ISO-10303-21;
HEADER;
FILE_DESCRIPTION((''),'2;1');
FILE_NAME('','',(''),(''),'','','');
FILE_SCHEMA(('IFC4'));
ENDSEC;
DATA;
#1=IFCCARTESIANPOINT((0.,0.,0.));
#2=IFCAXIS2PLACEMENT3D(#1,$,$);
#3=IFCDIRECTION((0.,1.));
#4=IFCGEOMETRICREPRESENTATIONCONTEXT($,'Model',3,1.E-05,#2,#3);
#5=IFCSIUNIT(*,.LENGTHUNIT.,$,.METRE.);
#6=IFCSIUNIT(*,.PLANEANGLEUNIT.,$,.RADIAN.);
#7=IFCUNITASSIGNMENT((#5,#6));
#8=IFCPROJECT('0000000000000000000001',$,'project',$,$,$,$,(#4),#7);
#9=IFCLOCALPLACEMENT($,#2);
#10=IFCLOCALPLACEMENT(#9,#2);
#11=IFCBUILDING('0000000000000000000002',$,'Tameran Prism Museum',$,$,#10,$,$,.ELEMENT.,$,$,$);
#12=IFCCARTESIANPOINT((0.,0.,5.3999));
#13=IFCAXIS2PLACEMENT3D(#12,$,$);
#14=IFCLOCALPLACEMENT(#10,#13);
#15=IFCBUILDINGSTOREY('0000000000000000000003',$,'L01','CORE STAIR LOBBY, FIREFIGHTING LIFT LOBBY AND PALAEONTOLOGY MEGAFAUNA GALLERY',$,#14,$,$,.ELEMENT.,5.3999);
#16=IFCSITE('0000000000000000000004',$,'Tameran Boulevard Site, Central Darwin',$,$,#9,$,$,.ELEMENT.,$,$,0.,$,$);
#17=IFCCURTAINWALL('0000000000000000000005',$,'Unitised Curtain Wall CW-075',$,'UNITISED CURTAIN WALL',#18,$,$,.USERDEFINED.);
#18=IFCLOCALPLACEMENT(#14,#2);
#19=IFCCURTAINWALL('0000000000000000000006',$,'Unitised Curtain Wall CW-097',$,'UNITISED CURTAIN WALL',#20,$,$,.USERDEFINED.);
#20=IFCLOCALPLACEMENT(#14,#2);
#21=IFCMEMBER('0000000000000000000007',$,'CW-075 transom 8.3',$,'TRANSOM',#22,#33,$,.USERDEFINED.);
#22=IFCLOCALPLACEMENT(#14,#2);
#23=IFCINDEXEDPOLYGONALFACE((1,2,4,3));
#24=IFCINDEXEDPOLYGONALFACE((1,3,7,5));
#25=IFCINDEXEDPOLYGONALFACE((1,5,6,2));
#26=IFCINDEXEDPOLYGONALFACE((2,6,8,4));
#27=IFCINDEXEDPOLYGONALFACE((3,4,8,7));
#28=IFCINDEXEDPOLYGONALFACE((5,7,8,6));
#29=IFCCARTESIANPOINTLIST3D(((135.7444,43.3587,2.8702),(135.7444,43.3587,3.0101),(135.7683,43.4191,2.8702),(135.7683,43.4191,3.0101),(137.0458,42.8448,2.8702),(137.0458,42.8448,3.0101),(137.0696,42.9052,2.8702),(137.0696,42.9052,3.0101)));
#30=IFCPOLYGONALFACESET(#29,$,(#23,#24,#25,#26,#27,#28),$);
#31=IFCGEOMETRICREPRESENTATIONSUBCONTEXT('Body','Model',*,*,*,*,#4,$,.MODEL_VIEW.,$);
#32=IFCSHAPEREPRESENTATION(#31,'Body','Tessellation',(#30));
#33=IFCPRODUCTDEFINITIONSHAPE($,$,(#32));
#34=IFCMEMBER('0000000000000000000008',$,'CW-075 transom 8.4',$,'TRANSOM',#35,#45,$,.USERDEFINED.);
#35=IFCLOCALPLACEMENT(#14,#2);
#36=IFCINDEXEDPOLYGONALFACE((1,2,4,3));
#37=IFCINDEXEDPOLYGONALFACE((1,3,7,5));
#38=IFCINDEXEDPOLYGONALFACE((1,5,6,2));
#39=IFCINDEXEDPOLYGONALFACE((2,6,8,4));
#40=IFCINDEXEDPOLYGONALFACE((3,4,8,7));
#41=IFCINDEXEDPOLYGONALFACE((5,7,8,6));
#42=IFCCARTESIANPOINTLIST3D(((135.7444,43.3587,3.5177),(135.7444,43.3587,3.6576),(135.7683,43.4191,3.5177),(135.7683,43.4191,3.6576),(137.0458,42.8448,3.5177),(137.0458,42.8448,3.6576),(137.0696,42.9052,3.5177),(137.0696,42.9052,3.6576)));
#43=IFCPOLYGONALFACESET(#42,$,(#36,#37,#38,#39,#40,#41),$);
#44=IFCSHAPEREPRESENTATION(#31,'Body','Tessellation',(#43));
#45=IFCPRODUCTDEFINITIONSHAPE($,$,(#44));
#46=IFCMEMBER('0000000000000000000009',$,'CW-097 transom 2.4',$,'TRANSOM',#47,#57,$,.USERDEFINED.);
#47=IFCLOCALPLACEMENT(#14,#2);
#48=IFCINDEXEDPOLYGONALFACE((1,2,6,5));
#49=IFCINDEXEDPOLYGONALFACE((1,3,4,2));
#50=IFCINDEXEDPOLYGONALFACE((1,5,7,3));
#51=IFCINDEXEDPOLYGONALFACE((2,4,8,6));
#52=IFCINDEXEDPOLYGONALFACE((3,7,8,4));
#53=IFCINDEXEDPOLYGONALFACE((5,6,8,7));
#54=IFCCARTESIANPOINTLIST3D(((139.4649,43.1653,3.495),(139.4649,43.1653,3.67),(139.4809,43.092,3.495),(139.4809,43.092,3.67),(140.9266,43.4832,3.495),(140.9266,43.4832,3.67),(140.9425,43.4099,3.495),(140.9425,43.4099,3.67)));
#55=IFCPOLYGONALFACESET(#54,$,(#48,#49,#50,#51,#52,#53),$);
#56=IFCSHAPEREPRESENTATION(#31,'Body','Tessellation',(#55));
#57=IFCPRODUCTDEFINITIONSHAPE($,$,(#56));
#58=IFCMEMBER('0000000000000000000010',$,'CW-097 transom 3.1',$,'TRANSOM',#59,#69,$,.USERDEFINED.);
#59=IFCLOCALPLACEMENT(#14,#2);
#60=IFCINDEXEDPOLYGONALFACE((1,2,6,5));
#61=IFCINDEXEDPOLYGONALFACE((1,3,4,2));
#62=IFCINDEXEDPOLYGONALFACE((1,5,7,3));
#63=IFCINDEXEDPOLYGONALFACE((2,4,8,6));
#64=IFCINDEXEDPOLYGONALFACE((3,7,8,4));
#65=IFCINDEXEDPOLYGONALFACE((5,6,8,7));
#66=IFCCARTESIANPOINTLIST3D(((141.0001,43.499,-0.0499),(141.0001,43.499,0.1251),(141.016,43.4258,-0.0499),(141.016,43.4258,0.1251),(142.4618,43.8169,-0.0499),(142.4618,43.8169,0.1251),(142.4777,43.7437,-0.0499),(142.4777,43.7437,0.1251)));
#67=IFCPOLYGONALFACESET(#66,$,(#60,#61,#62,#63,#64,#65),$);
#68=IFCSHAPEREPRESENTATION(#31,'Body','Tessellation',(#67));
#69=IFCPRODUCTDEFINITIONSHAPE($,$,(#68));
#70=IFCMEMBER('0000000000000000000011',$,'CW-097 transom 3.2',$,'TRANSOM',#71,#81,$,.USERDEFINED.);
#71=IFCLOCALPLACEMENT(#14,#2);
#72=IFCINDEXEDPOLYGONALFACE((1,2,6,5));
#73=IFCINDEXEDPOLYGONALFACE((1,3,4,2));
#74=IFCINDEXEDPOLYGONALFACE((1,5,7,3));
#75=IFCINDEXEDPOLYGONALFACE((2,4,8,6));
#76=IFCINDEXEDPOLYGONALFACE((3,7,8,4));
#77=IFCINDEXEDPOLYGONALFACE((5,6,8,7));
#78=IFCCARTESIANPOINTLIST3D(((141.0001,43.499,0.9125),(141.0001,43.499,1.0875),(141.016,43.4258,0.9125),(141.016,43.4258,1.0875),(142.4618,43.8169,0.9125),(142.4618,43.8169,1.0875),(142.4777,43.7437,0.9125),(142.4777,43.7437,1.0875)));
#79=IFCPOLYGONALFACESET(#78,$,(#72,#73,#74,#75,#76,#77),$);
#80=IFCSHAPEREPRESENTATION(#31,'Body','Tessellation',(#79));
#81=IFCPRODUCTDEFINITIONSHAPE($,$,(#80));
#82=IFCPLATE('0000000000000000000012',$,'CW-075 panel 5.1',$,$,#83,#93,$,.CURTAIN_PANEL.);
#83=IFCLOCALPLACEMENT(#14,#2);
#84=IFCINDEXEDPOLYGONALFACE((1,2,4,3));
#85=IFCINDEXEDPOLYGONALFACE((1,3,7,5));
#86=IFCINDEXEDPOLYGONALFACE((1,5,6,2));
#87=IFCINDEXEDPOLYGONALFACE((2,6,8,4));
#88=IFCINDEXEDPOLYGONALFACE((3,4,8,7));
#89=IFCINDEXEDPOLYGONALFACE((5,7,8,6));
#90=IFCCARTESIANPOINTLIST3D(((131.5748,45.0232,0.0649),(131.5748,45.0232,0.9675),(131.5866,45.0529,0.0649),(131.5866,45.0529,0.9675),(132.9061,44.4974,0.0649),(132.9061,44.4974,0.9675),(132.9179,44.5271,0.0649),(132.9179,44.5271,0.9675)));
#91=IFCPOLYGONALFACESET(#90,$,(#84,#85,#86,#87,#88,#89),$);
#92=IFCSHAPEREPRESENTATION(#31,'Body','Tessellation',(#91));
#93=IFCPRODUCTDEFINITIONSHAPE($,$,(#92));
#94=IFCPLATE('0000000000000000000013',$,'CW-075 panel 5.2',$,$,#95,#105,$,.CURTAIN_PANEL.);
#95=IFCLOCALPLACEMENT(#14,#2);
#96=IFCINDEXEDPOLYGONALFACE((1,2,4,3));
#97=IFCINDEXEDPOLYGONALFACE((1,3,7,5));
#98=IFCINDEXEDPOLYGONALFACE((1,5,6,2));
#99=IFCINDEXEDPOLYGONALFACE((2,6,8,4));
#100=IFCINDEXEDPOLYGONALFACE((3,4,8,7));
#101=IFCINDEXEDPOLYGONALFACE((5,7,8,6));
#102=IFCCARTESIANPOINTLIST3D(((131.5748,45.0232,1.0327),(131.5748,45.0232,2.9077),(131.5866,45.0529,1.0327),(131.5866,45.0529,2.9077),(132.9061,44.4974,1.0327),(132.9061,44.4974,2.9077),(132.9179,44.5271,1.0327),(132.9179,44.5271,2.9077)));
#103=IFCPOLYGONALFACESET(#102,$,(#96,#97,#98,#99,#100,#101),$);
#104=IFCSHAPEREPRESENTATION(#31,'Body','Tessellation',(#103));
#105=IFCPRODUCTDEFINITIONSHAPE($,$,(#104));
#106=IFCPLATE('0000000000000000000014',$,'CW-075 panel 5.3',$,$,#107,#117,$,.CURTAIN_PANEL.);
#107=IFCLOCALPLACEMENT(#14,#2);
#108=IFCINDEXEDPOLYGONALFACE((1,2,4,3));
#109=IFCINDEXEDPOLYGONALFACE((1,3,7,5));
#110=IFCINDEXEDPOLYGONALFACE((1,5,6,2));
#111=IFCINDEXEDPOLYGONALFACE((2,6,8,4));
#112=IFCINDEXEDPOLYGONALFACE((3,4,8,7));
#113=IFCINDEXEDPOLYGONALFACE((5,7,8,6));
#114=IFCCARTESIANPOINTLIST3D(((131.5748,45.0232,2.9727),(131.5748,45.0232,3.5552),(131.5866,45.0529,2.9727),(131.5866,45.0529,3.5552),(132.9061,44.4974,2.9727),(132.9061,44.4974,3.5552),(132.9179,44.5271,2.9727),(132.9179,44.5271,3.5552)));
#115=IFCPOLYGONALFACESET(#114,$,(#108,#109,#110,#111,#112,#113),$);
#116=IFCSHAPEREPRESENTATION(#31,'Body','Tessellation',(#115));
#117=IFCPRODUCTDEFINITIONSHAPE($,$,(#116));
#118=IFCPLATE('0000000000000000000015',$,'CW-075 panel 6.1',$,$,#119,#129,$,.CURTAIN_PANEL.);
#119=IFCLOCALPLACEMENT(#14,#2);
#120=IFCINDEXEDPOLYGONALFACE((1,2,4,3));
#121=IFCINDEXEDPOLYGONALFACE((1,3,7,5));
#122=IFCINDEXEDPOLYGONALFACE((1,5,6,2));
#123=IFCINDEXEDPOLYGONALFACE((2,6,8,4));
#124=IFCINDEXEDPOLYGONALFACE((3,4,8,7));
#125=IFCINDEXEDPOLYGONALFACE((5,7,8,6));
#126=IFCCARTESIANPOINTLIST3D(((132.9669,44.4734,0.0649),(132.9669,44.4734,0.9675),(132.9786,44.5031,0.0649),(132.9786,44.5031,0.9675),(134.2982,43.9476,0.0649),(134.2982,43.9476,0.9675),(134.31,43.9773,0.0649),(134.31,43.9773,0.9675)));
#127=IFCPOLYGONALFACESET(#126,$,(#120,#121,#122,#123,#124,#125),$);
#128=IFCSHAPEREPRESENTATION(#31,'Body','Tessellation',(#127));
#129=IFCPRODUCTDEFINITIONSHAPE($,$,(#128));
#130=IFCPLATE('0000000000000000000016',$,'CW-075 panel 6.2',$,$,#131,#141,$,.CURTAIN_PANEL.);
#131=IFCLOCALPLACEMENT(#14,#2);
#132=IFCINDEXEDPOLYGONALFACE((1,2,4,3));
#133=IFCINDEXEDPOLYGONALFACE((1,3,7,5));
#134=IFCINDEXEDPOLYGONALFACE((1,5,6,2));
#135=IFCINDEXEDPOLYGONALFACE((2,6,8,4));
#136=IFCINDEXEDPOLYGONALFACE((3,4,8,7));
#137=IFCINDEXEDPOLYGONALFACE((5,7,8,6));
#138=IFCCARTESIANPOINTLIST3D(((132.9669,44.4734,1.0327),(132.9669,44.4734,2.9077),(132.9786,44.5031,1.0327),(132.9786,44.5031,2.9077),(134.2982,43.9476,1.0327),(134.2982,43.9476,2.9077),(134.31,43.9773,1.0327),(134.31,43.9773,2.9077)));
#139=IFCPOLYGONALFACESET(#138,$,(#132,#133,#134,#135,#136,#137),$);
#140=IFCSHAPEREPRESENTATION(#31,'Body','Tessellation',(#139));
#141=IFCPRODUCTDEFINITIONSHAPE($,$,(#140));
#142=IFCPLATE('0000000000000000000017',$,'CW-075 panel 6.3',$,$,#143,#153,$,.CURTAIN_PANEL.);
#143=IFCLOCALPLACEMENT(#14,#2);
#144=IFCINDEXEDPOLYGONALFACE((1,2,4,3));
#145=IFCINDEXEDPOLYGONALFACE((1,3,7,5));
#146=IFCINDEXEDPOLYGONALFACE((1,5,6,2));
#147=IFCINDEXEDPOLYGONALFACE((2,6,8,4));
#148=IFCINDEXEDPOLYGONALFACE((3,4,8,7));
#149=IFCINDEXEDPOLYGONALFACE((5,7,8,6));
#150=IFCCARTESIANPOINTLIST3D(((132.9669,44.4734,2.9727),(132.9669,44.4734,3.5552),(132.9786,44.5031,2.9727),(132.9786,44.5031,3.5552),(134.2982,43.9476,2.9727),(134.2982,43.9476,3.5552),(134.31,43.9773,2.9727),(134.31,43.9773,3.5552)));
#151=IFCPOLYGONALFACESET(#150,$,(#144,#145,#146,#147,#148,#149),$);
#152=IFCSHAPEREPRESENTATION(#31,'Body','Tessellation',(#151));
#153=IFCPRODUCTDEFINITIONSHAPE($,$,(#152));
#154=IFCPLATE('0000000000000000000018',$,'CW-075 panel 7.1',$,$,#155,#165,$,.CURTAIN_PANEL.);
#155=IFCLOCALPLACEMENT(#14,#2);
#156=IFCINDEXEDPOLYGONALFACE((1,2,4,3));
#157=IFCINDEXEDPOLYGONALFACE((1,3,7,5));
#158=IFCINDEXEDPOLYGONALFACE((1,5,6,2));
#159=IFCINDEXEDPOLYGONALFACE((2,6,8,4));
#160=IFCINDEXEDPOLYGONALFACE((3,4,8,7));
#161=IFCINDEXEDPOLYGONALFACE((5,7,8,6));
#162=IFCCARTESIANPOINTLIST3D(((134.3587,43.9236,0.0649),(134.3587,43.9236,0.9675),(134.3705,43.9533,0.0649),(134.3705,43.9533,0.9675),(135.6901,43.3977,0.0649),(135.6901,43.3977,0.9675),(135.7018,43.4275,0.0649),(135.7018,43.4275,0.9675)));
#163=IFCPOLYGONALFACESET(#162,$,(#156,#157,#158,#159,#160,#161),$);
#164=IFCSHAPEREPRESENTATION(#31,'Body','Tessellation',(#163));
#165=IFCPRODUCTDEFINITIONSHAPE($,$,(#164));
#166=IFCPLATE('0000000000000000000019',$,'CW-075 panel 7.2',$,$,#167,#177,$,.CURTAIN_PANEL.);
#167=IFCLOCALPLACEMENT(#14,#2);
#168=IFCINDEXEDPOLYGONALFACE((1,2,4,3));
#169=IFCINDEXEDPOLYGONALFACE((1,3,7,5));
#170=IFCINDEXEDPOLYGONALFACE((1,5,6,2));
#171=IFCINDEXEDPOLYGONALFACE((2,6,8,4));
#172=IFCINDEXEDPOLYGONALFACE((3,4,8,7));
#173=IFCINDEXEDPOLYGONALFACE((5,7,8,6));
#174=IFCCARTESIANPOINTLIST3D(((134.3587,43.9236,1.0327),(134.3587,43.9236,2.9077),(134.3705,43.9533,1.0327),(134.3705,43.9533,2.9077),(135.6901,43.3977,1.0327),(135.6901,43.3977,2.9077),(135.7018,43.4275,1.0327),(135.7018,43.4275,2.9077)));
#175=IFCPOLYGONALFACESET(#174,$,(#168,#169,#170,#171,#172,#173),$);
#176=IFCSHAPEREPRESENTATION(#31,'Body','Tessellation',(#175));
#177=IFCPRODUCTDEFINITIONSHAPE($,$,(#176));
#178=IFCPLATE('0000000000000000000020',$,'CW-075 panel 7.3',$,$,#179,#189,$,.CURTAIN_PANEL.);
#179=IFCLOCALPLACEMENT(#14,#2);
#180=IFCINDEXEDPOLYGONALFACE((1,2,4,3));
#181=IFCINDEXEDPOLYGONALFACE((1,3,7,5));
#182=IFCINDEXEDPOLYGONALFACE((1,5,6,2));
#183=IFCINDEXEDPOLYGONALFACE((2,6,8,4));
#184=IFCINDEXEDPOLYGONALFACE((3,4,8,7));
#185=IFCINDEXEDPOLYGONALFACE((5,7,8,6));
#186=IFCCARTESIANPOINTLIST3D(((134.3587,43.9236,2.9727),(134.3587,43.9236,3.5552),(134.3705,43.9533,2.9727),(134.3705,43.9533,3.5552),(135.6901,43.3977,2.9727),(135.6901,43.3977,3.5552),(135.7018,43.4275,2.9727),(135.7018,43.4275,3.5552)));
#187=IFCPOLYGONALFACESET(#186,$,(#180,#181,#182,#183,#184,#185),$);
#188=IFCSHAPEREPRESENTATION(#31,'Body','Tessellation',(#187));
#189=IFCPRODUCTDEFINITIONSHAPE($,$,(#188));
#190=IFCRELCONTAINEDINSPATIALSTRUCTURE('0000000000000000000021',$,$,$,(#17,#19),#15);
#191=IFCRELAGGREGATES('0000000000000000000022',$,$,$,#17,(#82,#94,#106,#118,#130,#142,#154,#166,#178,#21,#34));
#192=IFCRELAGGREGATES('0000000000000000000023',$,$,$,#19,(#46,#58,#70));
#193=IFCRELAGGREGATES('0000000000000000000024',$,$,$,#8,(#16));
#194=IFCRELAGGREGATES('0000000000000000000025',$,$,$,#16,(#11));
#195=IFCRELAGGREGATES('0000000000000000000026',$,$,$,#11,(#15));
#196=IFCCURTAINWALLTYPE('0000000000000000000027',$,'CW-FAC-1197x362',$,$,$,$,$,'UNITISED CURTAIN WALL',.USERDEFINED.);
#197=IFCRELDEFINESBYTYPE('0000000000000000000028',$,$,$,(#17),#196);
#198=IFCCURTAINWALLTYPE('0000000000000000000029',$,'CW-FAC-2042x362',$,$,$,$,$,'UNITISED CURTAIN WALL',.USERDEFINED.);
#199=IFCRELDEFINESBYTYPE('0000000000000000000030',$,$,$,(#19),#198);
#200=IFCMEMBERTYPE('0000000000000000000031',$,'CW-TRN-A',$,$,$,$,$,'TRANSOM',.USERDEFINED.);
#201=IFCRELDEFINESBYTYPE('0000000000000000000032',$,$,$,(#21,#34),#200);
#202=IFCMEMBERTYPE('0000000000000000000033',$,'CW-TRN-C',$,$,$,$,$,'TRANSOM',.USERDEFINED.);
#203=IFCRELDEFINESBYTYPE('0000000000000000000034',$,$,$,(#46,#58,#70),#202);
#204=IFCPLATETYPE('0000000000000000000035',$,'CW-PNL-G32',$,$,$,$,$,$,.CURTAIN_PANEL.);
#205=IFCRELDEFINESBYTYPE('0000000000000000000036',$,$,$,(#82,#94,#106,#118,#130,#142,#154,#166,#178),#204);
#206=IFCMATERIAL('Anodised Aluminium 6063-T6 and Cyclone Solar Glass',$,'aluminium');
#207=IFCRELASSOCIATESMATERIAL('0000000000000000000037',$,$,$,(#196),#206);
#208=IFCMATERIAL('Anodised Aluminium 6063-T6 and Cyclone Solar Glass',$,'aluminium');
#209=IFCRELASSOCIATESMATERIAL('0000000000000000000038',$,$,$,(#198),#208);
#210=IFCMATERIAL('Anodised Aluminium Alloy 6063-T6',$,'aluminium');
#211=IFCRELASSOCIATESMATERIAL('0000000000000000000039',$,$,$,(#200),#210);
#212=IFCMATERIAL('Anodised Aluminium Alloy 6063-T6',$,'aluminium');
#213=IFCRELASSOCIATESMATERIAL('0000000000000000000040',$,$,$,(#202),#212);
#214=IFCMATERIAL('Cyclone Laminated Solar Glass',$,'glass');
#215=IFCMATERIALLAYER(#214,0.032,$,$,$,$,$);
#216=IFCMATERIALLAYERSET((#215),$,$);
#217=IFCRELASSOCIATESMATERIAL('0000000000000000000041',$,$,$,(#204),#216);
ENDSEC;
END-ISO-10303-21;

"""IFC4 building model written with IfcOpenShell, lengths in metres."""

from ifc_helpers import new_model, si_unit, direction, frame, origin, origin_2d, place, context, subcontext, project, spatial, rectangle, extrude, material, layer, layer_set, material_profile, profile_set, type_object, element, aggregate, save


model = new_model("IFC4")

# Units and contexts
model_context = context("Model", 3, precision=1e-05, world=origin(), true_north=direction((0.0, 1.0)))
body_context = subcontext(model_context, "Body", "Model", "MODEL_VIEW")
ifc_project = project(units=[si_unit("LENGTHUNIT", "METRE"), si_unit("PLANEANGLEUNIT", "RADIAN")], contexts=[model_context])

# Site, building, storey
site_placement = place(None, origin())
site = spatial("IfcSite", under=ifc_project, at=site_placement, Name="Tameran Boulevard Site, Central Darwin", CompositionType="ELEMENT", RefElevation=0.0)
building_placement = place(site_placement, origin())
building = spatial("IfcBuilding", under=site, at=building_placement, Name="Tameran Prism Museum", CompositionType="ELEMENT")
storey_placement = place(building_placement, frame((0.0, 0.0, 5.3999)))
storey = spatial("IfcBuildingStorey", under=building, at=storey_placement, Name="L01", Description="CORE STAIR LOBBY, FIREFIGHTING LIFT LOBBY AND PALAEONTOLOGY MEGAFAUNA GALLERY", CompositionType="ELEMENT", Elevation=5.3999)

# Curtain wall
ifc_material_1 = material(Name="Anodised Aluminium 6063-T6 and Cyclone Solar Glass", Category="aluminium")
curtain_wall_type_1 = type_object("IfcCurtainWallType", Name="CW-FAC-1197x362", ElementType="UNITISED CURTAIN WALL", PredefinedType="USERDEFINED", material=ifc_material_1)
curtain_wall_1_placement = place(storey_placement, origin())
curtain_wall_1 = element("IfcCurtainWall", 1, at=curtain_wall_1_placement, inside=storey, type_object=curtain_wall_type_1, Name="Unitised Curtain Wall CW-075", ObjectType="UNITISED CURTAIN WALL", PredefinedType="USERDEFINED")

# Curtain wall
ifc_material_2 = material(Name="Anodised Aluminium 6063-T6 and Cyclone Solar Glass", Category="aluminium")
curtain_wall_type_2 = type_object("IfcCurtainWallType", Name="CW-FAC-2042x362", ElementType="UNITISED CURTAIN WALL", PredefinedType="USERDEFINED", material=ifc_material_2)
curtain_wall_2_placement = place(storey_placement, origin())
curtain_wall_2 = element("IfcCurtainWall", 2, at=curtain_wall_2_placement, inside=storey, type_object=curtain_wall_type_2, Name="Unitised Curtain Wall CW-097", ObjectType="UNITISED CURTAIN WALL", PredefinedType="USERDEFINED")

# Members
ifc_material_3 = material(Name="Anodised Aluminium Alloy 6063-T6", Category="aluminium")
ifc_material_profile_1 = material_profile(ifc_material_3, rectangle(XDim=0.0649, YDim=0.1399, at=origin_2d()))
ifc_profile_set_1 = profile_set([ifc_material_profile_1])
member_type_1 = type_object("IfcMemberType", Name="CW-TRN-A", ElementType="TRANSOM", PredefinedType="USERDEFINED", material=ifc_profile_set_1)
member_1_placement = place(storey_placement, frame((135.7563, 43.3889, 2.9402), z_axis=(0.930092, -0.367325, 0.0), x_axis=(0.367325, 0.930092, 0.0)))
member_1 = element("IfcMember", 3, at=member_1_placement, type_object=member_type_1, Name="CW-075 transom 8.3", ObjectType="TRANSOM", PredefinedType="USERDEFINED", context=body_context, shape_type="SweptSolid", body=[
    extrude(rectangle(XDim=0.0649, YDim=0.1399, at=origin_2d()), origin(), (0.0, 0.0, 1.0), 1.3992),
])
member_2_placement = place(storey_placement, frame((135.7563, 43.3889, 3.5876), z_axis=(0.930092, -0.367325, 0.0), x_axis=(0.367325, 0.930092, 0.0)))
member_2 = element("IfcMember", 4, at=member_2_placement, type_object=member_type_1, Name="CW-075 transom 8.4", ObjectType="TRANSOM", PredefinedType="USERDEFINED", context=body_context, shape_type="SweptSolid", body=[
    extrude(rectangle(XDim=0.0649, YDim=0.1399, at=origin_2d()), origin(), (0.0, 0.0, 1.0), 1.3992),
])
ifc_material_4 = material(Name="Anodised Aluminium Alloy 6063-T6", Category="aluminium")
ifc_material_profile_2 = material_profile(ifc_material_4, rectangle(XDim=0.075, YDim=0.175, at=origin_2d()))
ifc_profile_set_2 = profile_set([ifc_material_profile_2])
member_type_2 = type_object("IfcMemberType", Name="CW-TRN-C", ElementType="TRANSOM", PredefinedType="USERDEFINED", material=ifc_profile_set_2)
member_3_placement = place(storey_placement, frame((139.4729, 43.1287, 3.5825), z_axis=(0.97716, 0.212504, 0.0), x_axis=(-0.212504, 0.97716, 0.0)))
member_3 = element("IfcMember", 5, at=member_3_placement, type_object=member_type_2, Name="CW-097 transom 2.4", ObjectType="TRANSOM", PredefinedType="USERDEFINED", context=body_context, shape_type="SweptSolid", body=[
    extrude(rectangle(XDim=0.075, YDim=0.175, at=origin_2d()), origin(), (0.0, 0.0, 1.0), 1.4958),
])
member_4_placement = place(storey_placement, frame((141.0081, 43.4624, 0.0376), z_axis=(0.97716, 0.212504, 0.0), x_axis=(-0.212504, 0.97716, 0.0)))
member_4 = element("IfcMember", 6, at=member_4_placement, type_object=member_type_2, Name="CW-097 transom 3.1", ObjectType="TRANSOM", PredefinedType="USERDEFINED", context=body_context, shape_type="SweptSolid", body=[
    extrude(rectangle(XDim=0.075, YDim=0.175, at=origin_2d()), origin(), (0.0, 0.0, 1.0), 1.4958),
])
member_5_placement = place(storey_placement, frame((141.0081, 43.4624, 1.0), z_axis=(0.97716, 0.212504, 0.0), x_axis=(-0.212504, 0.97716, 0.0)))
member_5 = element("IfcMember", 7, at=member_5_placement, type_object=member_type_2, Name="CW-097 transom 3.2", ObjectType="TRANSOM", PredefinedType="USERDEFINED", context=body_context, shape_type="SweptSolid", body=[
    extrude(rectangle(XDim=0.075, YDim=0.175, at=origin_2d()), origin(), (0.0, 0.0, 1.0), 1.4958),
])

# Plates
ifc_material_5 = material(Name="Cyclone Laminated Solar Glass", Category="glass")
ifc_layer = layer(ifc_material_5, 0.032)
ifc_layer_set = layer_set([ifc_layer])
plate_type = type_object("IfcPlateType", Name="CW-PNL-G32", PredefinedType="CURTAIN_PANEL", material=ifc_layer_set)
plate_1_placement = place(storey_placement, frame((132.2463, 44.7751, 0.0649), z_axis=(0.0, 0.0, 1.0), x_axis=(0.930081, -0.367355, 0.0)))
plate_1 = element("IfcPlate", 8, at=plate_1_placement, type_object=plate_type, Name="CW-075 panel 5.1", PredefinedType="CURTAIN_PANEL", context=body_context, shape_type="SweptSolid", body=[
    extrude(rectangle(XDim=1.4314, YDim=0.032, at=origin_2d()), origin(), (0.0, 0.0, 1.0), 0.9026),
])
plate_2_placement = place(storey_placement, frame((132.2463, 44.7751, 1.0327), z_axis=(0.0, 0.0, 1.0), x_axis=(0.930081, -0.367355, 0.0)))
plate_2 = element("IfcPlate", 9, at=plate_2_placement, type_object=plate_type, Name="CW-075 panel 5.2", PredefinedType="CURTAIN_PANEL", context=body_context, shape_type="SweptSolid", body=[
    extrude(rectangle(XDim=1.4314, YDim=0.032, at=origin_2d()), origin(), (0.0, 0.0, 1.0), 1.875),
])
plate_3_placement = place(storey_placement, frame((132.2463, 44.7751, 2.9727), z_axis=(0.0, 0.0, 1.0), x_axis=(0.930081, -0.367355, 0.0)))
plate_3 = element("IfcPlate", 10, at=plate_3_placement, type_object=plate_type, Name="CW-075 panel 5.3", PredefinedType="CURTAIN_PANEL", context=body_context, shape_type="SweptSolid", body=[
    extrude(rectangle(XDim=1.4314, YDim=0.032, at=origin_2d()), origin(), (0.0, 0.0, 1.0), 0.5825),
])
plate_4_placement = place(storey_placement, frame((133.6384, 44.2253, 0.0649), z_axis=(0.0, 0.0, 1.0), x_axis=(0.930081, -0.367355, 0.0)))
plate_4 = element("IfcPlate", 11, at=plate_4_placement, type_object=plate_type, Name="CW-075 panel 6.1", PredefinedType="CURTAIN_PANEL", context=body_context, shape_type="SweptSolid", body=[
    extrude(rectangle(XDim=1.4314, YDim=0.032, at=origin_2d()), origin(), (0.0, 0.0, 1.0), 0.9026),
])
plate_5_placement = place(storey_placement, frame((133.6384, 44.2253, 1.0327), z_axis=(0.0, 0.0, 1.0), x_axis=(0.930081, -0.367355, 0.0)))
plate_5 = element("IfcPlate", 12, at=plate_5_placement, type_object=plate_type, Name="CW-075 panel 6.2", PredefinedType="CURTAIN_PANEL", context=body_context, shape_type="SweptSolid", body=[
    extrude(rectangle(XDim=1.4314, YDim=0.032, at=origin_2d()), origin(), (0.0, 0.0, 1.0), 1.875),
])
plate_6_placement = place(storey_placement, frame((133.6384, 44.2253, 2.9727), z_axis=(0.0, 0.0, 1.0), x_axis=(0.930081, -0.367355, 0.0)))
plate_6 = element("IfcPlate", 13, at=plate_6_placement, type_object=plate_type, Name="CW-075 panel 6.3", PredefinedType="CURTAIN_PANEL", context=body_context, shape_type="SweptSolid", body=[
    extrude(rectangle(XDim=1.4314, YDim=0.032, at=origin_2d()), origin(), (0.0, 0.0, 1.0), 0.5825),
])
plate_7_placement = place(storey_placement, frame((135.0303, 43.6755, 0.0649), z_axis=(0.0, 0.0, 1.0), x_axis=(0.930081, -0.367355, 0.0)))
plate_7 = element("IfcPlate", 14, at=plate_7_placement, type_object=plate_type, Name="CW-075 panel 7.1", PredefinedType="CURTAIN_PANEL", context=body_context, shape_type="SweptSolid", body=[
    extrude(rectangle(XDim=1.4314, YDim=0.032, at=origin_2d()), origin(), (0.0, 0.0, 1.0), 0.9026),
])
plate_8_placement = place(storey_placement, frame((135.0303, 43.6755, 1.0327), z_axis=(0.0, 0.0, 1.0), x_axis=(0.930081, -0.367355, 0.0)))
plate_8 = element("IfcPlate", 15, at=plate_8_placement, type_object=plate_type, Name="CW-075 panel 7.2", PredefinedType="CURTAIN_PANEL", context=body_context, shape_type="SweptSolid", body=[
    extrude(rectangle(XDim=1.4314, YDim=0.032, at=origin_2d()), origin(), (0.0, 0.0, 1.0), 1.875),
])
plate_9_placement = place(storey_placement, frame((135.0303, 43.6755, 2.9727), z_axis=(0.0, 0.0, 1.0), x_axis=(0.930081, -0.367355, 0.0)))
plate_9 = element("IfcPlate", 16, at=plate_9_placement, type_object=plate_type, Name="CW-075 panel 7.3", PredefinedType="CURTAIN_PANEL", context=body_context, shape_type="SweptSolid", body=[
    extrude(rectangle(XDim=1.4314, YDim=0.032, at=origin_2d()), origin(), (0.0, 0.0, 1.0), 0.5825),
])
aggregate(curtain_wall_1, [plate_1, plate_2, plate_3, plate_4, plate_5, plate_6, plate_7, plate_8, plate_9, member_1, member_2])
aggregate(curtain_wall_2, [member_3, member_4, member_5])

save(model, "model.ifc")
